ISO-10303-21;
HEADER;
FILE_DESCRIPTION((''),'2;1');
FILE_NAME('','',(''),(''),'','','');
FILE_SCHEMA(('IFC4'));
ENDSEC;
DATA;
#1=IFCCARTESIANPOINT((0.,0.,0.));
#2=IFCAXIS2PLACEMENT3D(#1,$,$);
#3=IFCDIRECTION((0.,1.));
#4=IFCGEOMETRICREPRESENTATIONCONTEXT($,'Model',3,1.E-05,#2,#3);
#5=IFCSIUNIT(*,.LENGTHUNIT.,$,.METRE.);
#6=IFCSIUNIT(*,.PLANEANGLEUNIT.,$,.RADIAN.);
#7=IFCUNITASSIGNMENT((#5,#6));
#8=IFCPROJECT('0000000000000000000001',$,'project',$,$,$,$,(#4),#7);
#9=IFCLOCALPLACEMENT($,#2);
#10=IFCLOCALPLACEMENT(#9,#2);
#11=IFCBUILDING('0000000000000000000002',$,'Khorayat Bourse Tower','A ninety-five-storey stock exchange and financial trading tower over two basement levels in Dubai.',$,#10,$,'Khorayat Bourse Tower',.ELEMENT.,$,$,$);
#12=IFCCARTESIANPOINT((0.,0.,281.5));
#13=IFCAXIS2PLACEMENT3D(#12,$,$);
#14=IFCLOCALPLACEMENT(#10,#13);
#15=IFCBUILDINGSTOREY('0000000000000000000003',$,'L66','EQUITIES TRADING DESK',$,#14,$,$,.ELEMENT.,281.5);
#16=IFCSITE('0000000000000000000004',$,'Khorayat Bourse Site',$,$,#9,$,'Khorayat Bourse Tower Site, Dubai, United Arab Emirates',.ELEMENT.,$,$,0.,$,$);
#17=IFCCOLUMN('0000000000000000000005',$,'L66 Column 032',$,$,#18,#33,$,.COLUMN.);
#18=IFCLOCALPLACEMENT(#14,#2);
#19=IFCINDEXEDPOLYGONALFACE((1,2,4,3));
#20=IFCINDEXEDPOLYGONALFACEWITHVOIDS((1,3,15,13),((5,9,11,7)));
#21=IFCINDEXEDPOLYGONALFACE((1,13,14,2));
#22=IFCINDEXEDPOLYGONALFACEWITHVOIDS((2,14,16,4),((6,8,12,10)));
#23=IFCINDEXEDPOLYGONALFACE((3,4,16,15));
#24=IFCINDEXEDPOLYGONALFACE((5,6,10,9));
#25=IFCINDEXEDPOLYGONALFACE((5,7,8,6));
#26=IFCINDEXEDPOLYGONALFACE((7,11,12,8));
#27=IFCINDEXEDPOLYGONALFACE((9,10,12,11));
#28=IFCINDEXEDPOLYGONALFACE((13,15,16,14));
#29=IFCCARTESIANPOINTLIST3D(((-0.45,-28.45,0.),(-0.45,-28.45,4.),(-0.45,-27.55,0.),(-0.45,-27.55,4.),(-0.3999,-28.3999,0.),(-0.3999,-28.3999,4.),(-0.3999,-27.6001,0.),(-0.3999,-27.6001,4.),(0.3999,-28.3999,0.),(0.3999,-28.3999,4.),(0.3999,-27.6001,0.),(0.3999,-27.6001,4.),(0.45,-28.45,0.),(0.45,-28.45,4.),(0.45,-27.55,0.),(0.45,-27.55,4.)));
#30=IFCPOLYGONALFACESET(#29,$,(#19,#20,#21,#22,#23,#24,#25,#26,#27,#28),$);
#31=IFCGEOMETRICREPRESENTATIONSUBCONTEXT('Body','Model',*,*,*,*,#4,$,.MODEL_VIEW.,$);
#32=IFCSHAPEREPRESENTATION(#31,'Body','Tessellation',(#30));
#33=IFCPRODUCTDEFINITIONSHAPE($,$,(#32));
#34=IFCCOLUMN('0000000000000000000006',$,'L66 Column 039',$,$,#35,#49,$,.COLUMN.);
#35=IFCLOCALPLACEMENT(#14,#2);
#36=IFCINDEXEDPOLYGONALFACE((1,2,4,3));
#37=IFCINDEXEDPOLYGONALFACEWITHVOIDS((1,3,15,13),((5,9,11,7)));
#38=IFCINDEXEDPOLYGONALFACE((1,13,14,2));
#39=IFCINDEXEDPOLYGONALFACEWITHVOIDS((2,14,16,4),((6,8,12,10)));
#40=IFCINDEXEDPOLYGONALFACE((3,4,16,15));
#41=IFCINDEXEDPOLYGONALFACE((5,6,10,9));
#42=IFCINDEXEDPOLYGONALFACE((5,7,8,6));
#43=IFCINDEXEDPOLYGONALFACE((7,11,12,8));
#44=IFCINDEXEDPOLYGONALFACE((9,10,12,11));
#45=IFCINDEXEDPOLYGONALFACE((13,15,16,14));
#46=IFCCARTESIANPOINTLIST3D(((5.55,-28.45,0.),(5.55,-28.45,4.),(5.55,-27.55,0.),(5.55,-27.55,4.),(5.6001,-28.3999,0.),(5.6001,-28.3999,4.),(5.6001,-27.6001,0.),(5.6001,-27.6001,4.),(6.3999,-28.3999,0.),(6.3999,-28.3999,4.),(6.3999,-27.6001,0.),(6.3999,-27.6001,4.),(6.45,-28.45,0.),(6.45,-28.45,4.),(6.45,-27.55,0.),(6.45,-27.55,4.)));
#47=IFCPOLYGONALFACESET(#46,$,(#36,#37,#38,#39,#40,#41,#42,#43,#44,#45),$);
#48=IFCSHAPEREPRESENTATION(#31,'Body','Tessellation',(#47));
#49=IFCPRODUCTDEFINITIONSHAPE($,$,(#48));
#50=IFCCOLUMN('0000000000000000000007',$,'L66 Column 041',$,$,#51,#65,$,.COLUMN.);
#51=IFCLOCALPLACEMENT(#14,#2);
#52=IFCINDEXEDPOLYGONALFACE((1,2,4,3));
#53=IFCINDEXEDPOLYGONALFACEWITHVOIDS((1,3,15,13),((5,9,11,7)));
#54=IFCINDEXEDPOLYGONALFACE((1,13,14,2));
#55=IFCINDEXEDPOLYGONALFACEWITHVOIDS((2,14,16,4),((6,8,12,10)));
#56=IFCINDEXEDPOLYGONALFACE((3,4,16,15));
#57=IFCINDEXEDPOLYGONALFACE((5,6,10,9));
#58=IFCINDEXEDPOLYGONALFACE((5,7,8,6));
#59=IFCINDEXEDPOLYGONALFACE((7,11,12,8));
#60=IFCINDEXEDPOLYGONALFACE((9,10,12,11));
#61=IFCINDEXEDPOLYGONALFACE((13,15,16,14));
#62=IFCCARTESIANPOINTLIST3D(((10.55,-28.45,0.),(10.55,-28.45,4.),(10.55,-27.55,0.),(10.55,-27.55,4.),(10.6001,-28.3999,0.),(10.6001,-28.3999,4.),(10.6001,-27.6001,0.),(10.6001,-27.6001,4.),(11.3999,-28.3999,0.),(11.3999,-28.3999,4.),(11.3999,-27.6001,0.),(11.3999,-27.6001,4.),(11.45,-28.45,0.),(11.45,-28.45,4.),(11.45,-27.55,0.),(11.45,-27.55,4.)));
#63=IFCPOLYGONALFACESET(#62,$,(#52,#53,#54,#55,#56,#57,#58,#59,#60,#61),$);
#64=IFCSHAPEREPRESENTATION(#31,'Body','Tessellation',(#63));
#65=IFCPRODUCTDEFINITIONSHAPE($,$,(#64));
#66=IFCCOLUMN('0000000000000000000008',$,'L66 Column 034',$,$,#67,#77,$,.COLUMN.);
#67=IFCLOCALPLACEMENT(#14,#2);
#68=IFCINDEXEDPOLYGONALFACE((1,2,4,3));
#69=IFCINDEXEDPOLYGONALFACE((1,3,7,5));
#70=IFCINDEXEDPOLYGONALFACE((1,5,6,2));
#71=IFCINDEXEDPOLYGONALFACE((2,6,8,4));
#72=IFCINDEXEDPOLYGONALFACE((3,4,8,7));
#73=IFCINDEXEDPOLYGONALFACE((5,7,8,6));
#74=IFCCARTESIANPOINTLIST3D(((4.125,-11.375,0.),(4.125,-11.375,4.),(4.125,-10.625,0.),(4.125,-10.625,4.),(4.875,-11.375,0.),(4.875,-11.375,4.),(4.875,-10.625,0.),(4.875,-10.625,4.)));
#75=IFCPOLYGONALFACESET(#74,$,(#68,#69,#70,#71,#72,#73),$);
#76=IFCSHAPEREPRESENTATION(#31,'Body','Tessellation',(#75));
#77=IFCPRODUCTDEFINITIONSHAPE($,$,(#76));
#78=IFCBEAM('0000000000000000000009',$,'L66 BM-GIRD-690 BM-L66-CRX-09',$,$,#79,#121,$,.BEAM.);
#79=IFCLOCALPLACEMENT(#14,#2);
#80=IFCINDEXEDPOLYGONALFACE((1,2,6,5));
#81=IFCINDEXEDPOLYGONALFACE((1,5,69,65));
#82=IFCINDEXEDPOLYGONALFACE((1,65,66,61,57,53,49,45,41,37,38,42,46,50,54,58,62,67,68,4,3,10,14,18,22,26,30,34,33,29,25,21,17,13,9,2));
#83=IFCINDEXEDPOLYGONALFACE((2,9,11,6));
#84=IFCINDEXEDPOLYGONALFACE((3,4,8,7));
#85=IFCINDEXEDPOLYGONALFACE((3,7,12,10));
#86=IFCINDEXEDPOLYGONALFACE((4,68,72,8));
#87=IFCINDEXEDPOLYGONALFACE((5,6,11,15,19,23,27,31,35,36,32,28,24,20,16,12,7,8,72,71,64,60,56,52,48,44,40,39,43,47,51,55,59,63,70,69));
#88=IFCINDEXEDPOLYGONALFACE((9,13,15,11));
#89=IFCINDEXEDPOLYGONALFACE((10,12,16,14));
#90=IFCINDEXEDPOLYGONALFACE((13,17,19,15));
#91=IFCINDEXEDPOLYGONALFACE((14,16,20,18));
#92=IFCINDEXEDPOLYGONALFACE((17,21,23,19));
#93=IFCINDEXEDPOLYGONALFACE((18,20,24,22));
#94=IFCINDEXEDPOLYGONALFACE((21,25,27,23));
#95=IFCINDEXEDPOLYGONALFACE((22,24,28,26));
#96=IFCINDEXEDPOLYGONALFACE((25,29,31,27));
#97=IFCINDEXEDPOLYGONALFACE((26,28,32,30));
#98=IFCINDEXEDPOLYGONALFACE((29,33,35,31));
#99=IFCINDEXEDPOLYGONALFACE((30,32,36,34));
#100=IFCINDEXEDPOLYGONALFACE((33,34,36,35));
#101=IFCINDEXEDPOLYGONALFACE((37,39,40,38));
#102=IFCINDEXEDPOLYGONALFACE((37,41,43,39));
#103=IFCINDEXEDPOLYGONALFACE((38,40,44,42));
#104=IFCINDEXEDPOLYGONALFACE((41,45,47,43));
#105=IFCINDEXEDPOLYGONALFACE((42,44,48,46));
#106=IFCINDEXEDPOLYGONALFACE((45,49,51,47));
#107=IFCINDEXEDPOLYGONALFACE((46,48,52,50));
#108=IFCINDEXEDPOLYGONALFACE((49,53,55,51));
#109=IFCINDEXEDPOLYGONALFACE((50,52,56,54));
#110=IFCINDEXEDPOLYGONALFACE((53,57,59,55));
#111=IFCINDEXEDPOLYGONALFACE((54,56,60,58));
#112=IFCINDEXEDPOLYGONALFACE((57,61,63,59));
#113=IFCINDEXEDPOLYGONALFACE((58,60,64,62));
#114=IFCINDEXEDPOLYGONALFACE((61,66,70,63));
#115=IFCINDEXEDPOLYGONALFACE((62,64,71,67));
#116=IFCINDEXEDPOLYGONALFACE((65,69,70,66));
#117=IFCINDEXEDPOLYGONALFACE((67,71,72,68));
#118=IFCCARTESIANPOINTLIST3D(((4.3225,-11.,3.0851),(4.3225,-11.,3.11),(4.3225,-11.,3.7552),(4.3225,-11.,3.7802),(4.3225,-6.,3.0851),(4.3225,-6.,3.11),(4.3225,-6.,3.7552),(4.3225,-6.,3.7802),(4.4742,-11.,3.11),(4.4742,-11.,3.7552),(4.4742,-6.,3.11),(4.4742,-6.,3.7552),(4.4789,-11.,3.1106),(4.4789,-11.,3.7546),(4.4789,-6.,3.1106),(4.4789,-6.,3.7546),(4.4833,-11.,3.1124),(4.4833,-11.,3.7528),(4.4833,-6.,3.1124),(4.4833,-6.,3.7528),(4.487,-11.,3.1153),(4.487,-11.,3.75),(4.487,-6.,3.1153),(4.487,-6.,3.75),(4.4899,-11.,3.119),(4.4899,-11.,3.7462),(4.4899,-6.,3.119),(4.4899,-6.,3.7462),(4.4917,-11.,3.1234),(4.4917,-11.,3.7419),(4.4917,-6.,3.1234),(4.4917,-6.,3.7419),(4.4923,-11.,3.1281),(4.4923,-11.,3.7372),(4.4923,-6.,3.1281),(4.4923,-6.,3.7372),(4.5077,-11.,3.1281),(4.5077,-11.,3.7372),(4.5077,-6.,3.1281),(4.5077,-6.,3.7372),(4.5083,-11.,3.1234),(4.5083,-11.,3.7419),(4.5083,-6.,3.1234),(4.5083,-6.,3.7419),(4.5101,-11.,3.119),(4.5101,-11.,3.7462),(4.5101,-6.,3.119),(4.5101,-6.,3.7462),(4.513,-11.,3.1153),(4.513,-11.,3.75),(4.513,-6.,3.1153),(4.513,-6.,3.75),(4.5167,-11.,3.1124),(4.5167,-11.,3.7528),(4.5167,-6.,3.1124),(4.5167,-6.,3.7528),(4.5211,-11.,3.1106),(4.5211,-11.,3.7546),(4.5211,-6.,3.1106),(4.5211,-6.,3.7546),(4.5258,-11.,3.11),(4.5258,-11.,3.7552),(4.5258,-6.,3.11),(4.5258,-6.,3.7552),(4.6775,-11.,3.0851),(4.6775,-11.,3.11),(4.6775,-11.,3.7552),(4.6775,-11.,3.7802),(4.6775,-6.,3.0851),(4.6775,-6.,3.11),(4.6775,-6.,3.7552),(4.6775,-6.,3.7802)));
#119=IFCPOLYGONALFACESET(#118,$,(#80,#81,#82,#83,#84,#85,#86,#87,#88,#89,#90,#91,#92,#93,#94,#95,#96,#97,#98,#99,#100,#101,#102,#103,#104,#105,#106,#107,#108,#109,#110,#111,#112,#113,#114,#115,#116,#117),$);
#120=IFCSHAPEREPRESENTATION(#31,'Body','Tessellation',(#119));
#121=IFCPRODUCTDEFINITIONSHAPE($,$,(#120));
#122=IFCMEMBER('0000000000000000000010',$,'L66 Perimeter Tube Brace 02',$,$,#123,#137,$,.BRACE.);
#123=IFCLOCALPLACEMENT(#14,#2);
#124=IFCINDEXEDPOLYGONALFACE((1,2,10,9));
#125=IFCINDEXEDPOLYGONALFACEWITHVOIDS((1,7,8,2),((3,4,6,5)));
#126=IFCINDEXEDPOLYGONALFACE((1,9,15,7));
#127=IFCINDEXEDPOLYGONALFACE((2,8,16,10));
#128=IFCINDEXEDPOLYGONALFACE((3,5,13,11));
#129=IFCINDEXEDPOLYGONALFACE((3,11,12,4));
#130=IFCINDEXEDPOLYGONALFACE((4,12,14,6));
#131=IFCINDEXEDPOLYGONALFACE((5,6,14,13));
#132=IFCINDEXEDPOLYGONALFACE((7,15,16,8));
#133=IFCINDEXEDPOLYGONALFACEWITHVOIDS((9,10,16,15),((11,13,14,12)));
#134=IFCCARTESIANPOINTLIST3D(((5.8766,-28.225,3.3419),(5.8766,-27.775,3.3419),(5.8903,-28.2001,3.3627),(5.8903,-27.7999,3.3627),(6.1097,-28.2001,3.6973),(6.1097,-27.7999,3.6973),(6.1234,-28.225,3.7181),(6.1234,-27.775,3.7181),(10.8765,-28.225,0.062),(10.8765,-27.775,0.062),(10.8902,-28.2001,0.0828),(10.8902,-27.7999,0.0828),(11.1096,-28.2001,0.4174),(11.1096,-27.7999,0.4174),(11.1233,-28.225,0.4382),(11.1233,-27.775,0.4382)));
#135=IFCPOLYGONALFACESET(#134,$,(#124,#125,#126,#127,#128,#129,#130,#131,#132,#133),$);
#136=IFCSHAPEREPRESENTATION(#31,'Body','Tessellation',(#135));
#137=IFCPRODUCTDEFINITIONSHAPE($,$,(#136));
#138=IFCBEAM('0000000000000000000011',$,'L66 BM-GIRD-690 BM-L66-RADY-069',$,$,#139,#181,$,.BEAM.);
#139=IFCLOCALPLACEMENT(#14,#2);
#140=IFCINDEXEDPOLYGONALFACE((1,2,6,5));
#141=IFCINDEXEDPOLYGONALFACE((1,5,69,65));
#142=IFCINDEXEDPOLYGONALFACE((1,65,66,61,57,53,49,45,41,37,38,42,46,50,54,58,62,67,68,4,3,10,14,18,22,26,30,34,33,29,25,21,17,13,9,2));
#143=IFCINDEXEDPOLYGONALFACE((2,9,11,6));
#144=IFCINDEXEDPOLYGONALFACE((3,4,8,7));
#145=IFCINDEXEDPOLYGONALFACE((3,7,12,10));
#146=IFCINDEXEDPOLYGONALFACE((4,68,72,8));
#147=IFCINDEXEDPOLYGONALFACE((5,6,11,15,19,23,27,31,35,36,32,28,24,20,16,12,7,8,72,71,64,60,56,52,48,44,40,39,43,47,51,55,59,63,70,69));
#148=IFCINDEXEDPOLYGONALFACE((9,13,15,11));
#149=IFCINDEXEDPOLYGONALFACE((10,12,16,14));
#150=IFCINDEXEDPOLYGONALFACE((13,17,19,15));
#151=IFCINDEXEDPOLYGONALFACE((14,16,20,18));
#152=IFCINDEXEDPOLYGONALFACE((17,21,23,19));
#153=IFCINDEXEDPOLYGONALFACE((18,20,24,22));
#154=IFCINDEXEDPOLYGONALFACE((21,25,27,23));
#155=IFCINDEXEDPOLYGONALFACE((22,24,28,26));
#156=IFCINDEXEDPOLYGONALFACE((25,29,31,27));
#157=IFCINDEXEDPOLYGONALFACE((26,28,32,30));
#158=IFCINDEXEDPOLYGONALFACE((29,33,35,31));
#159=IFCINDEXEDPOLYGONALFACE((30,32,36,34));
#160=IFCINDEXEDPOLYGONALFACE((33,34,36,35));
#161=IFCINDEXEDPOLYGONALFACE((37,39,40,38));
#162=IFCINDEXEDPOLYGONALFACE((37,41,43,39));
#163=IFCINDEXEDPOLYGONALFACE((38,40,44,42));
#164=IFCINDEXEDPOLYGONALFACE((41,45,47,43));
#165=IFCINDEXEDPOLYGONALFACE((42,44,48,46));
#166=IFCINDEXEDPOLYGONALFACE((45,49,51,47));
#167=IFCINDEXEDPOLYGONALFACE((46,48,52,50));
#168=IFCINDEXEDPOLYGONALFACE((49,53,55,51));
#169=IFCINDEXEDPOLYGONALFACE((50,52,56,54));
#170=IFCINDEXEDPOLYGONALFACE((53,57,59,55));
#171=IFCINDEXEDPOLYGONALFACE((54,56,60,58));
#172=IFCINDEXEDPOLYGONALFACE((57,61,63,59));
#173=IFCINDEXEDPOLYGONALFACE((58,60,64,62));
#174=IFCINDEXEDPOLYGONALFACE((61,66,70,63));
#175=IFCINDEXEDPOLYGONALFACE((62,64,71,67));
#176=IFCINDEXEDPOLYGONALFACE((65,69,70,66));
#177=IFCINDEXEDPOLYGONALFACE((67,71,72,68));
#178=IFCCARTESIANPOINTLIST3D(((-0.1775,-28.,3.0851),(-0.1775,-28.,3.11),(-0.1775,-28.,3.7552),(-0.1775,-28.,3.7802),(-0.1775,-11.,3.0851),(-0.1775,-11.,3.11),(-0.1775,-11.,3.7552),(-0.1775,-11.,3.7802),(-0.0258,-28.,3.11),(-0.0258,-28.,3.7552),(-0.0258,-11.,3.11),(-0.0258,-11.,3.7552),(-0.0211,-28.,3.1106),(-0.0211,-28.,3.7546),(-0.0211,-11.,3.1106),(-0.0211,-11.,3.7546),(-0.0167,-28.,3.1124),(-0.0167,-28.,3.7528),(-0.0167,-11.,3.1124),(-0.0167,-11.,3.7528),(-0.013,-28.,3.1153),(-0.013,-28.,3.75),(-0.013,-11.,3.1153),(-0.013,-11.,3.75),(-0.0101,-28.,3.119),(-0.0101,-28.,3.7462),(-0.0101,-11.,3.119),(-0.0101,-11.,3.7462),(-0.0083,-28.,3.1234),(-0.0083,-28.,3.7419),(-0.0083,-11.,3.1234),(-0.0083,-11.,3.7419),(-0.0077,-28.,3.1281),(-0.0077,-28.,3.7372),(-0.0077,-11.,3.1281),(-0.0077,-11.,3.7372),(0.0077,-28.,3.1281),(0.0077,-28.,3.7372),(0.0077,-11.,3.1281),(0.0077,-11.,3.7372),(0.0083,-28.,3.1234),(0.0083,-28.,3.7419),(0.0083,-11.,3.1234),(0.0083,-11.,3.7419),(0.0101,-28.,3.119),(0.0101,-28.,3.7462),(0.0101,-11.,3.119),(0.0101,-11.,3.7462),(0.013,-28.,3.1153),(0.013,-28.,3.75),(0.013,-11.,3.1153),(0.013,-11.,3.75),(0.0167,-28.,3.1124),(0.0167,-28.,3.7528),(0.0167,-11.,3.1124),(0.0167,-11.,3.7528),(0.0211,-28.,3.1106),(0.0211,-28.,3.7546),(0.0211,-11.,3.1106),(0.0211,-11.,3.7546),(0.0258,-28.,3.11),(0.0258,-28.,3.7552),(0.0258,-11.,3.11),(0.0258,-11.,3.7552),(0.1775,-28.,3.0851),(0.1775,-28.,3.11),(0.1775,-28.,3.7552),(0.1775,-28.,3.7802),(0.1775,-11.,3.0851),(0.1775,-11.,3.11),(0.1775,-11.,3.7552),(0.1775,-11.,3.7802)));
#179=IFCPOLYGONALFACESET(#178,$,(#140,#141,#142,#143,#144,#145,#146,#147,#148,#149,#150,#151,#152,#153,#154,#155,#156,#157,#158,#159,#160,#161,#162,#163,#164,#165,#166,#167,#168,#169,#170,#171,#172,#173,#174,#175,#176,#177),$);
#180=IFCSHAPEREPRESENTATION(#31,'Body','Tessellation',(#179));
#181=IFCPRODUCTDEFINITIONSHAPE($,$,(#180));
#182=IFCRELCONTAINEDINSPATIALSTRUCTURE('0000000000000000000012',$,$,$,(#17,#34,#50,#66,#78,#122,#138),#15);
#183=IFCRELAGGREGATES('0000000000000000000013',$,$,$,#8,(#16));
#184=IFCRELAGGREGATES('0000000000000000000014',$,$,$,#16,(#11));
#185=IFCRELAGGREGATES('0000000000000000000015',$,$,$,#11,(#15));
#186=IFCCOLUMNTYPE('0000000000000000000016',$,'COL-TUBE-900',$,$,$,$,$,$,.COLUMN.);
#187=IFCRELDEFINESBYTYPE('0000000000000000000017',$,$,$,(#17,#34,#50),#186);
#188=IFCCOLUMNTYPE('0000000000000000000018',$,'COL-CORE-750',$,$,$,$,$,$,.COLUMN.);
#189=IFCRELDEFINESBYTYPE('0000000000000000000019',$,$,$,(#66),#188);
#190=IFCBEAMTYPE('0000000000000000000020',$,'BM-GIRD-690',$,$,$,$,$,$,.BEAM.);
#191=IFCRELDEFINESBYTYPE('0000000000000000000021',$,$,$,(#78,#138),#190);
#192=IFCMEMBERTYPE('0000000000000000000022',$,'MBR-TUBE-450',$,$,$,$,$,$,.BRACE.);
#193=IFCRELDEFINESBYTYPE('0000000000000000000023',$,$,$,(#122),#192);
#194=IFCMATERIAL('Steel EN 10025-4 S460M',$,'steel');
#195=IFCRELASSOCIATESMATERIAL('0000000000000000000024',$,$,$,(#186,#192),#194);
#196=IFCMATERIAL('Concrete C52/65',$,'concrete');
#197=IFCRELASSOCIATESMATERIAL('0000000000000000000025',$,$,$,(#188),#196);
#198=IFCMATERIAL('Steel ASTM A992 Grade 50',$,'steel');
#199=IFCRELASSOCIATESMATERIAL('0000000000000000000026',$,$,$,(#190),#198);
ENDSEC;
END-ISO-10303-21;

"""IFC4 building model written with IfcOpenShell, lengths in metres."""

from ifc_helpers import new_model, si_unit, direction, frame, origin, origin_2d, place, context, subcontext, project, spatial, rectangle, hollow_rectangle, i_section, extrude, source, transform, mapped, material, material_profile, profile_set, type_object, element, save


model = new_model("IFC4")

# Units and contexts
model_context = context("Model", 3, precision=1e-05, world=origin(), true_north=direction((0.0, 1.0)))
body_context = subcontext(model_context, "Body", "Model", "MODEL_VIEW")
ifc_project = project(units=[si_unit("LENGTHUNIT", "METRE"), si_unit("PLANEANGLEUNIT", "RADIAN")], contexts=[model_context])

# Site, building, storey
site_placement = place(None, origin())
site = spatial("IfcSite", under=ifc_project, at=site_placement, Name="Khorayat Bourse Site", LongName="Khorayat Bourse Tower Site, Dubai, United Arab Emirates", CompositionType="ELEMENT", RefElevation=0.0)
building_placement = place(site_placement, origin())
building = spatial("IfcBuilding", under=site, at=building_placement, Name="Khorayat Bourse Tower", Description="A ninety-five-storey stock exchange and financial trading tower over two basement levels in Dubai.", LongName="Khorayat Bourse Tower", CompositionType="ELEMENT")
storey_placement = place(building_placement, frame((0.0, 0.0, 281.5)))
storey = spatial("IfcBuildingStorey", under=building, at=storey_placement, Name="L66", Description="EQUITIES TRADING DESK", CompositionType="ELEMENT", Elevation=281.5)

# Columns
ifc_material_1 = material(Name="Steel EN 10025-4 S460M", Category="steel")
ifc_material_profile_1 = material_profile(ifc_material_1, hollow_rectangle(XDim=0.8999, YDim=0.8999, WallThickness=0.05, at=origin_2d()), Name="BOX 900x900x50")
ifc_profile_set_1 = profile_set([ifc_material_profile_1], Name="Steel EN 10025-4 S460M")
column_type_1 = type_object("IfcColumnType", Name="COL-TUBE-900", PredefinedType="COLUMN", material=ifc_profile_set_1)
shared_shape_1 = source(origin(), body_context, "Body", "SweptSolid", [
    extrude(hollow_rectangle(XDim=0.8999, YDim=0.8999, WallThickness=0.05, at=origin_2d()), origin(), (0.0, 0.0, 1.0), 4.0),
])
for number, where, z_axis, x_axis, name in (
    (1, (0.0, -28.0, 0.0), (0.0, 0.0, 1.0), (1.0, 0.0, 0.0), "L66 Column 032"),
    (2, (6.0, -28.0, 0.0), (0.0, 0.0, 1.0), (1.0, 0.0, 0.0), "L66 Column 039"),
    (3, (11.0, -28.0, 0.0), (0.0, 0.0, 1.0), (1.0, 0.0, 0.0), "L66 Column 041"),
):
    element("IfcColumn", number, at=place(storey_placement, frame(where, z_axis=z_axis, x_axis=x_axis)), inside=storey, type_object=column_type_1, Name=name, PredefinedType="COLUMN", context=body_context, shape_type="MappedRepresentation", body=[
        mapped(shared_shape_1, transform((0.0, 0.0, 0.0), scale=1.0)),
    ])
ifc_material_2 = material(Name="Concrete C52/65", Category="concrete")
ifc_material_profile_2 = material_profile(ifc_material_2, rectangle(XDim=0.75, YDim=0.75, at=origin_2d()), Name="RC 750x750")
ifc_profile_set_2 = profile_set([ifc_material_profile_2], Name="Concrete C52/65")
column_type_2 = type_object("IfcColumnType", Name="COL-CORE-750", PredefinedType="COLUMN", material=ifc_profile_set_2)
shared_shape_2 = source(origin(), body_context, "Body", "SweptSolid", [
    extrude(rectangle(XDim=0.75, YDim=0.75, at=origin_2d()), origin(), (0.0, 0.0, 1.0), 4.0),
])
column_placement = place(storey_placement, frame((4.5, -11.0, 0.0), z_axis=(0.0, 0.0, 1.0), x_axis=(1.0, 0.0, 0.0)))
element("IfcColumn", 4, at=column_placement, inside=storey, type_object=column_type_2, Name="L66 Column 034", PredefinedType="COLUMN", context=body_context, shape_type="MappedRepresentation", body=[
    mapped(shared_shape_2, transform((0.0, 0.0, 0.0), scale=1.0)),
])

# Beam
ifc_material_3 = material(Name="Steel ASTM A992 Grade 50", Category="steel")
ifc_material_profile_3 = material_profile(ifc_material_3, i_section(OverallWidth=0.355, OverallDepth=0.6951, WebThickness=0.0154, FlangeThickness=0.0249, FilletRadius=0.0181, at=origin_2d()), Name="W690X217")
ifc_profile_set_3 = profile_set([ifc_material_profile_3], Name="Steel ASTM A992 Grade 50")
beam_type_1 = type_object("IfcBeamType", Name="BM-GIRD-690", PredefinedType="BEAM", material=ifc_profile_set_3)
shared_shape_3 = source(origin(), body_context, "Body", "SweptSolid", [
    extrude(i_section(OverallWidth=0.355, OverallDepth=0.6951, WebThickness=0.0154, FlangeThickness=0.0249, FilletRadius=0.0181, at=origin_2d()), origin(), (0.0, 0.0, 1.0), 5.0),
])
beam_1_placement = place(storey_placement, frame((4.5, -11.0, 3.4326), z_axis=(0.0, 1.0, 0.0), x_axis=(-1.0, 0.0, 0.0)))
element("IfcBeam", 5, at=beam_1_placement, inside=storey, type_object=beam_type_1, Name="L66 BM-GIRD-690 BM-L66-CRX-09", PredefinedType="BEAM", context=body_context, shape_type="MappedRepresentation", body=[
    mapped(shared_shape_3, transform((0.0, 0.0, 0.0), scale=1.0)),
])

# Member
ifc_material_profile_4 = material_profile(ifc_material_1, hollow_rectangle(XDim=0.45, YDim=0.45, WallThickness=0.0249, at=origin_2d()), Name="HSS 450x450x25")
ifc_profile_set_4 = profile_set([ifc_material_profile_4], Name="Steel EN 10025-4 S460M")
member_type_1 = type_object("IfcMemberType", Name="MBR-TUBE-450", PredefinedType="BRACE", material=ifc_profile_set_4)
shared_shape_4 = source(origin(), body_context, "Body", "SweptSolid", [
    extrude(hollow_rectangle(XDim=0.45, YDim=0.45, WallThickness=0.0249, at=origin_2d()), origin(), (0.0, 0.0, 1.0), 5.9797),
])
member_1_placement = place(storey_placement, frame((6.0, -28.0, 3.53), z_axis=(0.836142, 0.0, -0.548514), x_axis=(0.0, 1.0, 0.0)))
element("IfcMember", 6, at=member_1_placement, inside=storey, type_object=member_type_1, Name="L66 Perimeter Tube Brace 02", PredefinedType="BRACE", context=body_context, shape_type="MappedRepresentation", body=[
    mapped(shared_shape_4, transform((0.0, 0.0, 0.0), scale=1.0)),
])

# Beam
shared_shape_5 = source(origin(), body_context, "Body", "SweptSolid", [
    extrude(i_section(OverallWidth=0.355, OverallDepth=0.6951, WebThickness=0.0154, FlangeThickness=0.0249, FilletRadius=0.0181, at=origin_2d()), origin(), (0.0, 0.0, 1.0), 17.0),
])
for number, where, z_axis, x_axis, name in (
    (7, (0.0, -28.0, 3.4326), (0.0, 1.0, 0.0), (-1.0, 0.0, 0.0), "L66 BM-GIRD-690 BM-L66-RADY-069"),
):
    element("IfcBeam", number, at=place(storey_placement, frame(where, z_axis=z_axis, x_axis=x_axis)), inside=storey, type_object=beam_type_1, Name=name, PredefinedType="BEAM", context=body_context, shape_type="MappedRepresentation", body=[
        mapped(shared_shape_5, transform((0.0, 0.0, 0.0), scale=1.0)),
    ])

save(model, "model.ifc")
